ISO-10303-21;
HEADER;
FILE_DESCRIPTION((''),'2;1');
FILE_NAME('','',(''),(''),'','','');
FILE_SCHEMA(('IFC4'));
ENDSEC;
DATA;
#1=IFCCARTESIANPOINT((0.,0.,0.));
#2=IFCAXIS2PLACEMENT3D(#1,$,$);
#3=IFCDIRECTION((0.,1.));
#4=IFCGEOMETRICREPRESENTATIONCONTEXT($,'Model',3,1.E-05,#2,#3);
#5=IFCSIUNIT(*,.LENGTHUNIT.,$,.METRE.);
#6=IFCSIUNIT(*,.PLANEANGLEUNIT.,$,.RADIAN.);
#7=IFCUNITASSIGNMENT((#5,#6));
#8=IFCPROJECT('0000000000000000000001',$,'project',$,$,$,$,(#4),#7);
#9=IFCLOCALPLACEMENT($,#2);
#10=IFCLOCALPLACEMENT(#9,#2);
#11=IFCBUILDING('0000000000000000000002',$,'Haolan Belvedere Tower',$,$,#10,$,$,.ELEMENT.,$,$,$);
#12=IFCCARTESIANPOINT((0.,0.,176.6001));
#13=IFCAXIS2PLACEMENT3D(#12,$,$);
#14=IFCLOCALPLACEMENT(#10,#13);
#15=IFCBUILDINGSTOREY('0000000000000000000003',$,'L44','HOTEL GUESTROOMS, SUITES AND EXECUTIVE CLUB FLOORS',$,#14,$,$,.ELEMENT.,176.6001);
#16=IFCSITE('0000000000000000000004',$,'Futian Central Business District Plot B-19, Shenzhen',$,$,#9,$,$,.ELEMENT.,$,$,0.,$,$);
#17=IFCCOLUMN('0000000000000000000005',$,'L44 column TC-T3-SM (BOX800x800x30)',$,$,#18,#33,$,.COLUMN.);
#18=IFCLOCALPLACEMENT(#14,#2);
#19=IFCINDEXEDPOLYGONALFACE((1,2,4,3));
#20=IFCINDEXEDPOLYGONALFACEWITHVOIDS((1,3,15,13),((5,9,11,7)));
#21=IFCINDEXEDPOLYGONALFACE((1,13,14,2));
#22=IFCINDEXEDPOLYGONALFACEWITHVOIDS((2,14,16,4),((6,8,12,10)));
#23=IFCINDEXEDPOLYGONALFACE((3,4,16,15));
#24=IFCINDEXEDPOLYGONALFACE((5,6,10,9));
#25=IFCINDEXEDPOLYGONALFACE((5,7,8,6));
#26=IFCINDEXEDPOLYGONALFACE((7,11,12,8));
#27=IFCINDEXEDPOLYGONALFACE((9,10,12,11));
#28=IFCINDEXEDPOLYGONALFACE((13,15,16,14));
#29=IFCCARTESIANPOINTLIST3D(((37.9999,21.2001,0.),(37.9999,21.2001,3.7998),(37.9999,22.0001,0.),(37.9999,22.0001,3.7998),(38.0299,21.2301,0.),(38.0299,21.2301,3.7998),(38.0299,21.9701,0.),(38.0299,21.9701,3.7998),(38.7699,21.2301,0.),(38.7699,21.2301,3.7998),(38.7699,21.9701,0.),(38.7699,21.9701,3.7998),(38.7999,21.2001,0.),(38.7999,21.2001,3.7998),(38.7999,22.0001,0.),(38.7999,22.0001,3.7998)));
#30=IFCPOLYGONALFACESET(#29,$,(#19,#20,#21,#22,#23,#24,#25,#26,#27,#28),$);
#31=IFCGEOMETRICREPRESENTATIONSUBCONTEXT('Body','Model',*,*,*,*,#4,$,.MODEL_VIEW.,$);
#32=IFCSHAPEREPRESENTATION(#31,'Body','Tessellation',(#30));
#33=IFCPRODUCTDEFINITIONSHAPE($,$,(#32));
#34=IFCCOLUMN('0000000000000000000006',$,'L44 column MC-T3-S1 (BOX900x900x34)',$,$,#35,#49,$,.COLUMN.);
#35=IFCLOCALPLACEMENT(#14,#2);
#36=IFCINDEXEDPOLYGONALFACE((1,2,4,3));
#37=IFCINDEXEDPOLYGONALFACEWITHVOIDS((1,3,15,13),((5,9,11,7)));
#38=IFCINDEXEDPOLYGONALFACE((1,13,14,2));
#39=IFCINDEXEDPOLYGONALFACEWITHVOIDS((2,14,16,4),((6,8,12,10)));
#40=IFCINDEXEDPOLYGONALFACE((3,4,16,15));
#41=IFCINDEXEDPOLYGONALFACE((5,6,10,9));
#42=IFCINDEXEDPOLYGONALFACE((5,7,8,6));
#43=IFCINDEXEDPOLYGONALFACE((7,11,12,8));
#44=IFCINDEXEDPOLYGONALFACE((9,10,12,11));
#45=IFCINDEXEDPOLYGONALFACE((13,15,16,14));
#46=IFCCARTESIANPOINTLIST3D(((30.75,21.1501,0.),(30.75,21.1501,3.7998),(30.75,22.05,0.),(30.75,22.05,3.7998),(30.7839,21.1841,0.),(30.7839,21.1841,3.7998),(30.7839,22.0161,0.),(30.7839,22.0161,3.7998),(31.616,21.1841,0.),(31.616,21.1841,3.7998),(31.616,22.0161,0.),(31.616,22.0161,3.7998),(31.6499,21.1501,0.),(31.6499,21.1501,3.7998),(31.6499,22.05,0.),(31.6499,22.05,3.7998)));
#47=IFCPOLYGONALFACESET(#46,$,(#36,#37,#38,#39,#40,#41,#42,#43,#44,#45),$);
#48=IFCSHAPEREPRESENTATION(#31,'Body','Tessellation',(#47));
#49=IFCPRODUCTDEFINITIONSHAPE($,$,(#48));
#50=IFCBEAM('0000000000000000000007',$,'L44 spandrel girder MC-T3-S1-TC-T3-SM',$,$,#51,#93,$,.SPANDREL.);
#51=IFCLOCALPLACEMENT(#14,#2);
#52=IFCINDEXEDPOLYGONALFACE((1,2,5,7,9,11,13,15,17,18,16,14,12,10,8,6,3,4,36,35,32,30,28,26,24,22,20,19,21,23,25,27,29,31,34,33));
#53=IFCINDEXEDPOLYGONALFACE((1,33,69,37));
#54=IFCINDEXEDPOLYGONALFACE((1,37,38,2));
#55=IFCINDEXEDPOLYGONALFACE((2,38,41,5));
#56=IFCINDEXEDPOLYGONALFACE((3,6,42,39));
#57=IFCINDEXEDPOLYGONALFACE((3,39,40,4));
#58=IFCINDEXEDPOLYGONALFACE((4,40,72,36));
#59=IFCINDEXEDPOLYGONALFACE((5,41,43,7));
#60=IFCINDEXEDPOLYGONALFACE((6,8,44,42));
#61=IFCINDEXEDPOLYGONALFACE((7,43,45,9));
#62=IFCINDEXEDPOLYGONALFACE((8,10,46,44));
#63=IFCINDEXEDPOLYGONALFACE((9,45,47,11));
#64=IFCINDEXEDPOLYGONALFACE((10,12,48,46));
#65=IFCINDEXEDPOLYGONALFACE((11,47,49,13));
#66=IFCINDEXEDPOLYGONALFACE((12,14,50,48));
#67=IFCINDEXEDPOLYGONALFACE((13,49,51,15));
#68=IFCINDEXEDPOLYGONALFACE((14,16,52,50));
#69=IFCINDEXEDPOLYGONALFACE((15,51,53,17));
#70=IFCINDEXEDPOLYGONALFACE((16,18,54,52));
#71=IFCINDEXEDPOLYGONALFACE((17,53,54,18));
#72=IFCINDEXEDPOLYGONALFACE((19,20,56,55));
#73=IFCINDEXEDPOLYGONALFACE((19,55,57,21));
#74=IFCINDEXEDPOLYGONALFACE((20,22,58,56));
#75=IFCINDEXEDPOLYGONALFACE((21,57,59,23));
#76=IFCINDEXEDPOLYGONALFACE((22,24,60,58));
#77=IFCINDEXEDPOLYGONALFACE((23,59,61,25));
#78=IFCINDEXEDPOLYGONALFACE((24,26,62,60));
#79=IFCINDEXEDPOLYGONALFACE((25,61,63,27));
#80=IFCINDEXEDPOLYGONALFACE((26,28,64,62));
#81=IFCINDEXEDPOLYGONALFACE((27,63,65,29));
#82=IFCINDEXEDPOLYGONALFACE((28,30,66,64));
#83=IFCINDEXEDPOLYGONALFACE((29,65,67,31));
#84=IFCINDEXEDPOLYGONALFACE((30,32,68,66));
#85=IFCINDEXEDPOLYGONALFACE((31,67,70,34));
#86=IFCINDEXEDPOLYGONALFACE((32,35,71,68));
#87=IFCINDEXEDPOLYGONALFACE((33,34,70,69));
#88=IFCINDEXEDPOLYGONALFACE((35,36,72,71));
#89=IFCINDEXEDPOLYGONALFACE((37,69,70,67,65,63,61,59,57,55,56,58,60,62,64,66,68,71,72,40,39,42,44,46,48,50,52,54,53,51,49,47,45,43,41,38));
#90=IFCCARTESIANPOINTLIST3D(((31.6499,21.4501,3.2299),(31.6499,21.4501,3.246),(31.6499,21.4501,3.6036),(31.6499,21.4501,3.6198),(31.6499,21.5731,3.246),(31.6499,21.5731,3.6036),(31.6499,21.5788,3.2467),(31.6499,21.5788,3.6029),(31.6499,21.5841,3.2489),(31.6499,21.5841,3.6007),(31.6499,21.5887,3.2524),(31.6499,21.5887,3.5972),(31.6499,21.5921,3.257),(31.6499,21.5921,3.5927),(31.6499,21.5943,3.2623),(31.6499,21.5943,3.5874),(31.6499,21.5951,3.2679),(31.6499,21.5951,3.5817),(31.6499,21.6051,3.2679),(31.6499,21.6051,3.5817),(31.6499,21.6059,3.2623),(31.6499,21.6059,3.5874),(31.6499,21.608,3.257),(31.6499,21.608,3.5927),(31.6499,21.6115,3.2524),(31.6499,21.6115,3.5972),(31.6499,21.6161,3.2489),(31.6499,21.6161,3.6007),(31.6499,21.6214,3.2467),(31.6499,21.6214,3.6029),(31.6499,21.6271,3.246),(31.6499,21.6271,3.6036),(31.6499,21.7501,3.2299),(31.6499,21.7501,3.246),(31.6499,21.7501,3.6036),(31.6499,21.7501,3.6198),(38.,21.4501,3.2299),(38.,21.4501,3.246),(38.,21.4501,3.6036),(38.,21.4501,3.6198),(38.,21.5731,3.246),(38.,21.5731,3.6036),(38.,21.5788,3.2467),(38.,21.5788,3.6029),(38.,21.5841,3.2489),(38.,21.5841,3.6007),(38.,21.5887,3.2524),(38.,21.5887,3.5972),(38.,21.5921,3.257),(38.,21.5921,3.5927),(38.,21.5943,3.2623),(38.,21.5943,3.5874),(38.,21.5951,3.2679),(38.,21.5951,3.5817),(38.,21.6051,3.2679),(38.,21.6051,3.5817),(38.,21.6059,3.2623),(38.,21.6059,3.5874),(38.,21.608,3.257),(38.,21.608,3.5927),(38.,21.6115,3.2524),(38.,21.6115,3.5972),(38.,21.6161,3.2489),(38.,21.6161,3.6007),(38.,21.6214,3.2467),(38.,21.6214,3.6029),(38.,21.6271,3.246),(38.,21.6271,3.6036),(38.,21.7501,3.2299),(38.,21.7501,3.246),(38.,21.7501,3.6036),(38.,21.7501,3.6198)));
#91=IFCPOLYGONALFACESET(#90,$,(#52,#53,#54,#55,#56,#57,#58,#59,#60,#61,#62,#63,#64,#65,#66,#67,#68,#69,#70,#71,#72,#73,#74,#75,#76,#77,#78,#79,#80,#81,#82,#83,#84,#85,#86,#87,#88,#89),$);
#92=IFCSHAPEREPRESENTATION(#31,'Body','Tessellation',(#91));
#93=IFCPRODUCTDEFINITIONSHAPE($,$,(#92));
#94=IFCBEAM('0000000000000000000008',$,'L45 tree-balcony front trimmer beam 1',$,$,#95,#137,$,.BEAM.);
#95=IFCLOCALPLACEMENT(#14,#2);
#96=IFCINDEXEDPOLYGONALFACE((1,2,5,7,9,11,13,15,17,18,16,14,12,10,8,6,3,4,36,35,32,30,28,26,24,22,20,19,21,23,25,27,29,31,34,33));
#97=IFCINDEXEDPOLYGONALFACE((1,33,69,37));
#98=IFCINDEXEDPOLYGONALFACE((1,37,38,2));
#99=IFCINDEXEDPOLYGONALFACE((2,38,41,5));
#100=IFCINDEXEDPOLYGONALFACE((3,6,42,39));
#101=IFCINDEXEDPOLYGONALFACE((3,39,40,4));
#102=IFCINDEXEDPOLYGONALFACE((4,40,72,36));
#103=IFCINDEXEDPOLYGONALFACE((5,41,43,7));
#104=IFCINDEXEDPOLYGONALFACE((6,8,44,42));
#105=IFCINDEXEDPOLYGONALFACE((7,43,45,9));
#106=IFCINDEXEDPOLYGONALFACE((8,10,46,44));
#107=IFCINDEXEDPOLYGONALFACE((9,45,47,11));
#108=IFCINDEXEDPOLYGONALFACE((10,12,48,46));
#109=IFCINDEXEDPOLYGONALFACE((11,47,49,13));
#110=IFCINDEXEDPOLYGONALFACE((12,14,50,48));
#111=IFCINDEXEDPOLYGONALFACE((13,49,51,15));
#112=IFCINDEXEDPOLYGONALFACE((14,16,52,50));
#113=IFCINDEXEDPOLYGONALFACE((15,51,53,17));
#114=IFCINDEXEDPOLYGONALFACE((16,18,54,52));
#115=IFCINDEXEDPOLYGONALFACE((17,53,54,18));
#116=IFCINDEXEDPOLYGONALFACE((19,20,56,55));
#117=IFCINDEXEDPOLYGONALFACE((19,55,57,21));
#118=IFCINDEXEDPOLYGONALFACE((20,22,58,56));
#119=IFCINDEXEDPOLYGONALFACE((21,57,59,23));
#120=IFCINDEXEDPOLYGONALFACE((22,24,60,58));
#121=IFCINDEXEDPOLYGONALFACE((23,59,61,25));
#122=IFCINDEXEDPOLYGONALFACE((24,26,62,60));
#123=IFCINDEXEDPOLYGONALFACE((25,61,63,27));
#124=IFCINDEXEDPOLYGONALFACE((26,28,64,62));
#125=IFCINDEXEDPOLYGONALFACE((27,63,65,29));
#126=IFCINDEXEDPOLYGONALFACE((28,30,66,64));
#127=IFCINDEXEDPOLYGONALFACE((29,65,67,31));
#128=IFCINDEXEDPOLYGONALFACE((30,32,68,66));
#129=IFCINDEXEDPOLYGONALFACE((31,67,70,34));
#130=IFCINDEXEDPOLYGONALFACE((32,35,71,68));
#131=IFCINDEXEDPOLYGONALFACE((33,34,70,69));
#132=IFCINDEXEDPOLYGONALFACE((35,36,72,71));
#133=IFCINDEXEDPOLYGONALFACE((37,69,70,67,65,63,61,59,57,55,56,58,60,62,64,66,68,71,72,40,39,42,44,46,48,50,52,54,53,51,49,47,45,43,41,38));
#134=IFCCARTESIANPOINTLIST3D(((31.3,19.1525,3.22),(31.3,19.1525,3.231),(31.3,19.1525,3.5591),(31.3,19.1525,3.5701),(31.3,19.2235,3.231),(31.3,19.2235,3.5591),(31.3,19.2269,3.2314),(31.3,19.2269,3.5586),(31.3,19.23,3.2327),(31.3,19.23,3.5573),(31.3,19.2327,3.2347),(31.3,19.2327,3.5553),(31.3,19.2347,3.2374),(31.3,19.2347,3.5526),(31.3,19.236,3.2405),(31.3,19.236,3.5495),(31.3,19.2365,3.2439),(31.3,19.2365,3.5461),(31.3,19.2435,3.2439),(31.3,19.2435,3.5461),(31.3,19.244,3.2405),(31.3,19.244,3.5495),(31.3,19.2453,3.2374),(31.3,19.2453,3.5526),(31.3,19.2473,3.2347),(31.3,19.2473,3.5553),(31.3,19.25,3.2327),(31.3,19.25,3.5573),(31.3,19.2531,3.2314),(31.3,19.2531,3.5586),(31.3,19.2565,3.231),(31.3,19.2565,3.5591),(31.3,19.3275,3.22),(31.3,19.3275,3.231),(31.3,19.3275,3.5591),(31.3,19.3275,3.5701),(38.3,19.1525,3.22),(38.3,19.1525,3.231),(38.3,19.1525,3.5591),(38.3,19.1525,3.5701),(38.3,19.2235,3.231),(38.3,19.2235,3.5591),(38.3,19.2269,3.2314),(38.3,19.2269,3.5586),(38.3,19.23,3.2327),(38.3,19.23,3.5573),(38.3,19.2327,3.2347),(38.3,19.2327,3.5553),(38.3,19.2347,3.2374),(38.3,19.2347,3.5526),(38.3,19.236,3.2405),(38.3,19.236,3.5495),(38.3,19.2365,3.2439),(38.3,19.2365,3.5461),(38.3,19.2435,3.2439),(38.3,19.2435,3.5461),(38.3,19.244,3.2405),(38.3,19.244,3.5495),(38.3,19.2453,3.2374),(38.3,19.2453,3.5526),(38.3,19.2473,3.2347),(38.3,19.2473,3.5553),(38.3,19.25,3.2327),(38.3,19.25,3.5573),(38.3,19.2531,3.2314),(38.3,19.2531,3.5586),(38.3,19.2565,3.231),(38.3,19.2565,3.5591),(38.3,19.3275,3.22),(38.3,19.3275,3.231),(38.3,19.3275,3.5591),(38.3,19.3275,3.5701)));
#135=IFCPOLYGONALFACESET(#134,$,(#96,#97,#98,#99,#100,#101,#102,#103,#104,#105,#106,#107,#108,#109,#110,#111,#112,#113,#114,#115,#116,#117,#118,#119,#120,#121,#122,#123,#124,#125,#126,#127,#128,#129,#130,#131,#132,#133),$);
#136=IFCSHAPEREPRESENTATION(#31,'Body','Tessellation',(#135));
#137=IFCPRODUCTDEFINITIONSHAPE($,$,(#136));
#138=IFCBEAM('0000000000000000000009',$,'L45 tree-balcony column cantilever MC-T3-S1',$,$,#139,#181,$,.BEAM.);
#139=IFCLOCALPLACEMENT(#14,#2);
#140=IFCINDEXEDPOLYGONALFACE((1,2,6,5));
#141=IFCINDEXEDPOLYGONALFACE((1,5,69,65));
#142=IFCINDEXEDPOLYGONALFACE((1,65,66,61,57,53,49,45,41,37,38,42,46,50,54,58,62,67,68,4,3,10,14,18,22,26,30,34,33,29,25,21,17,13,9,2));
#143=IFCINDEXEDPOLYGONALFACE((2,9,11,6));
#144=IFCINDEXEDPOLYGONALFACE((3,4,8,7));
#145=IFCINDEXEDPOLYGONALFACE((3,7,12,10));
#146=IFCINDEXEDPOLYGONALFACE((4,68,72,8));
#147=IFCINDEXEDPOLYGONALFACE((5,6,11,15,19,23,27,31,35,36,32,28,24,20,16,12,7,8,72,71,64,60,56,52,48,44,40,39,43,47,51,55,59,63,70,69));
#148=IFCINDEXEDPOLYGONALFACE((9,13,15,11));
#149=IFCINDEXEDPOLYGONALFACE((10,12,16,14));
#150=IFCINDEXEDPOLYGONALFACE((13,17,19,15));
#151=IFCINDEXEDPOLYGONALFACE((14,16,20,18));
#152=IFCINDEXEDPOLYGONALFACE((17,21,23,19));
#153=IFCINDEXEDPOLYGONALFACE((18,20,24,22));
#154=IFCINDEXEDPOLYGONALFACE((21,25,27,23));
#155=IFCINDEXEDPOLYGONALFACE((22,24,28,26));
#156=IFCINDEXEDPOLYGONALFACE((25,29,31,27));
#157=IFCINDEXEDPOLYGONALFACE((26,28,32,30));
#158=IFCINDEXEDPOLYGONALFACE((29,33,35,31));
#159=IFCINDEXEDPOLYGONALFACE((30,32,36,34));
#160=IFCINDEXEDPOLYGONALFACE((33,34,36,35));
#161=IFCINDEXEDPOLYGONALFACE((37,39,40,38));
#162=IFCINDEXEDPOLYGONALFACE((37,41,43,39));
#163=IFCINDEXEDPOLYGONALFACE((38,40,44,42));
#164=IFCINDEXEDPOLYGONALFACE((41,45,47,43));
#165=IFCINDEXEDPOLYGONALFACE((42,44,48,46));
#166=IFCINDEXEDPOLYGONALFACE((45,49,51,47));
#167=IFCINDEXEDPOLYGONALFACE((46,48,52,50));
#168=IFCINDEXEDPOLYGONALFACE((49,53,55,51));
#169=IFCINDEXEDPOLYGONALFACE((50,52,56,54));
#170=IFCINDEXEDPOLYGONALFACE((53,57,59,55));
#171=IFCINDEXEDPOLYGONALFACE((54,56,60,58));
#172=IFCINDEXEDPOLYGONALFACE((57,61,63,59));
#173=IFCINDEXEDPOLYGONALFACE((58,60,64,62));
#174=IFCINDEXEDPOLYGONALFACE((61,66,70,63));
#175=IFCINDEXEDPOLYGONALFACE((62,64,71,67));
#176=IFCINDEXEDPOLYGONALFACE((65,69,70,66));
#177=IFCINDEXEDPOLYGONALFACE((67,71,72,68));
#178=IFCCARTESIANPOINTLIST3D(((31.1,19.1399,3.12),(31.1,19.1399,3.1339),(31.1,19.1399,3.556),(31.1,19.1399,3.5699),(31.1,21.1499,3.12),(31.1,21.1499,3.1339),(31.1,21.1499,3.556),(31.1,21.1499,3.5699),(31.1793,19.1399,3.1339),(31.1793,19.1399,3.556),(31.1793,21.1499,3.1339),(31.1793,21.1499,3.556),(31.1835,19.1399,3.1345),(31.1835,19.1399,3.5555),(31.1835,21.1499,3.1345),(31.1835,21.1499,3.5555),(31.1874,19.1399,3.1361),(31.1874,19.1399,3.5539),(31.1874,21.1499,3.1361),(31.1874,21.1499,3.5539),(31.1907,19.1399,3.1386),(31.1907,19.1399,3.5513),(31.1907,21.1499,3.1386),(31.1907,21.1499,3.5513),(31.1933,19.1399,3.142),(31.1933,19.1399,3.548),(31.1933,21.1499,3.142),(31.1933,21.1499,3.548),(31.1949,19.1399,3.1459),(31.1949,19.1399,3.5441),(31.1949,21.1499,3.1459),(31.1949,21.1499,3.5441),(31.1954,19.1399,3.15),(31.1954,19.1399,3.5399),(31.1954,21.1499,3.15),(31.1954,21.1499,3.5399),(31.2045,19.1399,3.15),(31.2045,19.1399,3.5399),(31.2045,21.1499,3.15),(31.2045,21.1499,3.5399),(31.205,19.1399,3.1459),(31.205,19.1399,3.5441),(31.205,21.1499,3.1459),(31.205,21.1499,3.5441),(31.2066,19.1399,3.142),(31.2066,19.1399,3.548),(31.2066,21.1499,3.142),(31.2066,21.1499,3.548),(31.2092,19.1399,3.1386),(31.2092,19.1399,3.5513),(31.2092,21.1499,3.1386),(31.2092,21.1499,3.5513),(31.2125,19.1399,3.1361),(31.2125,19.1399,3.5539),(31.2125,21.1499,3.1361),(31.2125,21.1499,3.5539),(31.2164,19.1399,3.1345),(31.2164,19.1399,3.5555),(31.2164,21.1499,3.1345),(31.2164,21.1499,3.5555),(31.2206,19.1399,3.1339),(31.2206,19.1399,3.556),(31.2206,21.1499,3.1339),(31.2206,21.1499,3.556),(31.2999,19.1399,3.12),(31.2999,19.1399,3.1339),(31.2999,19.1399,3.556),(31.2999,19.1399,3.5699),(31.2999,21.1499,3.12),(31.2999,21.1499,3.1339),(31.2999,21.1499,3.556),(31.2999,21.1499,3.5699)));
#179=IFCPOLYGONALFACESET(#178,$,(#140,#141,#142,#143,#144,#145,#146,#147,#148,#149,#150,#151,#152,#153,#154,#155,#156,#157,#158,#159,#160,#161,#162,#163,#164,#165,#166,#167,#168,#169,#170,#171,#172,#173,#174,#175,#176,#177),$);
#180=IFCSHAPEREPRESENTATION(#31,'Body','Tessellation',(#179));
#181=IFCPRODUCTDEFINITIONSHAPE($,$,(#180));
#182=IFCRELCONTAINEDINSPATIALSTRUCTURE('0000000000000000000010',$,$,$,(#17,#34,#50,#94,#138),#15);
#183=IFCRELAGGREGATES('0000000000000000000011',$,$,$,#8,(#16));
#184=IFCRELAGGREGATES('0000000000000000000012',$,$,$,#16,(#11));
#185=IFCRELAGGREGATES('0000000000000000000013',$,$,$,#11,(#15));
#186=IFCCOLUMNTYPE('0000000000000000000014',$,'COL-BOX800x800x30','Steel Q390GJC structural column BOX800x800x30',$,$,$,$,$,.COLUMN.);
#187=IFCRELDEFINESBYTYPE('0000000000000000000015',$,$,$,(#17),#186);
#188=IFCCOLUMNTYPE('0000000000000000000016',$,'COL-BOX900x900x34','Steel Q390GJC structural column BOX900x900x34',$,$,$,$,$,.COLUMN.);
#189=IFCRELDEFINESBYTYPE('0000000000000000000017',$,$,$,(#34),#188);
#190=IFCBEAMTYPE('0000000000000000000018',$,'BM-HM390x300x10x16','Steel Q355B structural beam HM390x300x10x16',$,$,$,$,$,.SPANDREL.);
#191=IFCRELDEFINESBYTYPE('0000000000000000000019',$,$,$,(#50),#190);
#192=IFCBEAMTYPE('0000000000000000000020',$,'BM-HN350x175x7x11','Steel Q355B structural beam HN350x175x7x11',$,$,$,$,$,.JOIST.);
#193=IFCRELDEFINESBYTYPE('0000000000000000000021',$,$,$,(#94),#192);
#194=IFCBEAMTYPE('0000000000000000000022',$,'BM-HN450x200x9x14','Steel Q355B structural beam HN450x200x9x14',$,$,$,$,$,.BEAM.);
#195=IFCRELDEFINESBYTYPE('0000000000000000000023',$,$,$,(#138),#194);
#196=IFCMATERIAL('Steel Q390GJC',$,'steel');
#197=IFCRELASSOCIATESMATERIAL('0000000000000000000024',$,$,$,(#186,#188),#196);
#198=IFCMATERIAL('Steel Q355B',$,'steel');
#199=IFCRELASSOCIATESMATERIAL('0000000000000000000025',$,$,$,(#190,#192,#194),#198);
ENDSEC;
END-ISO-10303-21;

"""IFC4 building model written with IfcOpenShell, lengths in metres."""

from ifc_helpers import new_model, si_unit, direction, frame, origin, origin_2d, place, context, subcontext, project, spatial, hollow_rectangle, i_section, extrude, material, material_profile, profile_set, type_object, element, save


model = new_model("IFC4")

# Units and contexts
model_context = context("Model", 3, precision=1e-05, world=origin(), true_north=direction((0.0, 1.0)))
body_context = subcontext(model_context, "Body", "Model", "MODEL_VIEW")
ifc_project = project(units=[si_unit("LENGTHUNIT", "METRE"), si_unit("PLANEANGLEUNIT", "RADIAN")], contexts=[model_context])

# Site, building, storey
site_placement = place(None, origin())
site = spatial("IfcSite", under=ifc_project, at=site_placement, Name="Futian Central Business District Plot B-19, Shenzhen", CompositionType="ELEMENT", RefElevation=0.0)
building_placement = place(site_placement, origin())
building = spatial("IfcBuilding", under=site, at=building_placement, Name="Haolan Belvedere Tower", CompositionType="ELEMENT")
storey_placement = place(building_placement, frame((0.0, 0.0, 176.6001)))
storey = spatial("IfcBuildingStorey", under=building, at=storey_placement, Name="L44", Description="HOTEL GUESTROOMS, SUITES AND EXECUTIVE CLUB FLOORS", CompositionType="ELEMENT", Elevation=176.6001)

# Columns
ifc_material_1 = material(Name="Steel Q390GJC", Category="steel")
ifc_material_profile_1 = material_profile(ifc_material_1, hollow_rectangle(XDim=0.8, YDim=0.8, WallThickness=0.03, at=origin_2d()), Name="Steel Q390GJC")
ifc_profile_set_1 = profile_set([ifc_material_profile_1], Name="Steel Q390GJC")
column_type_1 = type_object("IfcColumnType", Name="COL-BOX800x800x30", Description="Steel Q390GJC structural column BOX800x800x30", PredefinedType="COLUMN", material=ifc_profile_set_1)
column_1_placement = place(storey_placement, frame((38.3999, 21.6001, 0.0), z_axis=(0.0, 0.0, 1.0), x_axis=(1.0, 0.0, 0.0)))
element("IfcColumn", 1, at=column_1_placement, inside=storey, type_object=column_type_1, Name="L44 column TC-T3-SM (BOX800x800x30)", PredefinedType="COLUMN", context=body_context, shape_type="SweptSolid", body=[
    extrude(hollow_rectangle(XDim=0.8, YDim=0.8, WallThickness=0.03, at=origin_2d()), origin(), (0.0, 0.0, 1.0), 3.7998),
])
ifc_material_profile_2 = material_profile(ifc_material_1, hollow_rectangle(XDim=0.8999, YDim=0.8999, WallThickness=0.0339, at=origin_2d()), Name="Steel Q390GJC")
ifc_profile_set_2 = profile_set([ifc_material_profile_2], Name="Steel Q390GJC")
column_type_2 = type_object("IfcColumnType", Name="COL-BOX900x900x34", Description="Steel Q390GJC structural column BOX900x900x34", PredefinedType="COLUMN", material=ifc_profile_set_2)
column_2_placement = place(storey_placement, frame((31.2, 21.6001, 0.0), z_axis=(0.0, 0.0, 1.0), x_axis=(1.0, 0.0, 0.0)))
element("IfcColumn", 2, at=column_2_placement, inside=storey, type_object=column_type_2, Name="L44 column MC-T3-S1 (BOX900x900x34)", PredefinedType="COLUMN", context=body_context, shape_type="SweptSolid", body=[
    extrude(hollow_rectangle(XDim=0.8999, YDim=0.8999, WallThickness=0.0339, at=origin_2d()), origin(), (0.0, 0.0, 1.0), 3.7998),
])

# Beams
ifc_material_2 = material(Name="Steel Q355B", Category="steel")
ifc_material_profile_3 = material_profile(ifc_material_2, i_section(OverallWidth=0.3, OverallDepth=0.3899, WebThickness=0.01, FlangeThickness=0.0161, FilletRadius=0.022, at=origin_2d()), Name="Steel Q355B")
ifc_profile_set_3 = profile_set([ifc_material_profile_3], Name="Steel Q355B")
beam_type_1 = type_object("IfcBeamType", Name="BM-HM390x300x10x16", Description="Steel Q355B structural beam HM390x300x10x16", PredefinedType="SPANDREL", material=ifc_profile_set_3)
beam_1_placement = place(storey_placement, frame((31.6499, 21.6001, 3.4248), z_axis=(1.0, 0.0, 0.0), x_axis=(0.0, 1.0, 0.0)))
element("IfcBeam", 3, at=beam_1_placement, inside=storey, type_object=beam_type_1, Name="L44 spandrel girder MC-T3-S1-TC-T3-SM", PredefinedType="SPANDREL", context=body_context, shape_type="SweptSolid", body=[
    extrude(i_section(OverallWidth=0.3, OverallDepth=0.3899, WebThickness=0.01, FlangeThickness=0.0161, FilletRadius=0.022, at=origin_2d()), origin(), (0.0, 0.0, 1.0), 6.3501),
])
ifc_material_profile_4 = material_profile(ifc_material_2, i_section(OverallWidth=0.175, OverallDepth=0.3501, WebThickness=0.0071, FlangeThickness=0.011, FilletRadius=0.0129, at=origin_2d()), Name="Steel Q355B")
ifc_profile_set_4 = profile_set([ifc_material_profile_4], Name="Steel Q355B")
beam_type_2 = type_object("IfcBeamType", Name="BM-HN350x175x7x11", Description="Steel Q355B structural beam HN350x175x7x11", PredefinedType="JOIST", material=ifc_profile_set_4)
beam_2_placement = place(storey_placement, frame((31.3, 19.24, 3.395), z_axis=(1.0, 0.0, 0.0), x_axis=(0.0, 1.0, 0.0)))
element("IfcBeam", 4, at=beam_2_placement, inside=storey, type_object=beam_type_2, Name="L45 tree-balcony front trimmer beam 1", PredefinedType="BEAM", context=body_context, shape_type="SweptSolid", body=[
    extrude(i_section(OverallWidth=0.175, OverallDepth=0.3501, WebThickness=0.0071, FlangeThickness=0.011, FilletRadius=0.0129, at=origin_2d()), origin(), (0.0, 0.0, 1.0), 7.0),
])
ifc_material_profile_5 = material_profile(ifc_material_2, i_section(OverallWidth=0.2, OverallDepth=0.45, WebThickness=0.009, FlangeThickness=0.0139, FilletRadius=0.0161, at=origin_2d()), Name="Steel Q355B")
ifc_profile_set_5 = profile_set([ifc_material_profile_5], Name="Steel Q355B")
beam_type_3 = type_object("IfcBeamType", Name="BM-HN450x200x9x14", Description="Steel Q355B structural beam HN450x200x9x14", PredefinedType="BEAM", material=ifc_profile_set_5)
beam_3_placement = place(storey_placement, frame((31.2, 21.1499, 3.345), z_axis=(0.0, -1.0, 0.0), x_axis=(1.0, 0.0, 0.0)))
element("IfcBeam", 5, at=beam_3_placement, inside=storey, type_object=beam_type_3, Name="L45 tree-balcony column cantilever MC-T3-S1", PredefinedType="BEAM", context=body_context, shape_type="SweptSolid", body=[
    extrude(i_section(OverallWidth=0.2, OverallDepth=0.45, WebThickness=0.009, FlangeThickness=0.0139, FilletRadius=0.0161, at=origin_2d()), origin(), (0.0, 0.0, 1.0), 2.01),
])

save(model, "model.ifc")
